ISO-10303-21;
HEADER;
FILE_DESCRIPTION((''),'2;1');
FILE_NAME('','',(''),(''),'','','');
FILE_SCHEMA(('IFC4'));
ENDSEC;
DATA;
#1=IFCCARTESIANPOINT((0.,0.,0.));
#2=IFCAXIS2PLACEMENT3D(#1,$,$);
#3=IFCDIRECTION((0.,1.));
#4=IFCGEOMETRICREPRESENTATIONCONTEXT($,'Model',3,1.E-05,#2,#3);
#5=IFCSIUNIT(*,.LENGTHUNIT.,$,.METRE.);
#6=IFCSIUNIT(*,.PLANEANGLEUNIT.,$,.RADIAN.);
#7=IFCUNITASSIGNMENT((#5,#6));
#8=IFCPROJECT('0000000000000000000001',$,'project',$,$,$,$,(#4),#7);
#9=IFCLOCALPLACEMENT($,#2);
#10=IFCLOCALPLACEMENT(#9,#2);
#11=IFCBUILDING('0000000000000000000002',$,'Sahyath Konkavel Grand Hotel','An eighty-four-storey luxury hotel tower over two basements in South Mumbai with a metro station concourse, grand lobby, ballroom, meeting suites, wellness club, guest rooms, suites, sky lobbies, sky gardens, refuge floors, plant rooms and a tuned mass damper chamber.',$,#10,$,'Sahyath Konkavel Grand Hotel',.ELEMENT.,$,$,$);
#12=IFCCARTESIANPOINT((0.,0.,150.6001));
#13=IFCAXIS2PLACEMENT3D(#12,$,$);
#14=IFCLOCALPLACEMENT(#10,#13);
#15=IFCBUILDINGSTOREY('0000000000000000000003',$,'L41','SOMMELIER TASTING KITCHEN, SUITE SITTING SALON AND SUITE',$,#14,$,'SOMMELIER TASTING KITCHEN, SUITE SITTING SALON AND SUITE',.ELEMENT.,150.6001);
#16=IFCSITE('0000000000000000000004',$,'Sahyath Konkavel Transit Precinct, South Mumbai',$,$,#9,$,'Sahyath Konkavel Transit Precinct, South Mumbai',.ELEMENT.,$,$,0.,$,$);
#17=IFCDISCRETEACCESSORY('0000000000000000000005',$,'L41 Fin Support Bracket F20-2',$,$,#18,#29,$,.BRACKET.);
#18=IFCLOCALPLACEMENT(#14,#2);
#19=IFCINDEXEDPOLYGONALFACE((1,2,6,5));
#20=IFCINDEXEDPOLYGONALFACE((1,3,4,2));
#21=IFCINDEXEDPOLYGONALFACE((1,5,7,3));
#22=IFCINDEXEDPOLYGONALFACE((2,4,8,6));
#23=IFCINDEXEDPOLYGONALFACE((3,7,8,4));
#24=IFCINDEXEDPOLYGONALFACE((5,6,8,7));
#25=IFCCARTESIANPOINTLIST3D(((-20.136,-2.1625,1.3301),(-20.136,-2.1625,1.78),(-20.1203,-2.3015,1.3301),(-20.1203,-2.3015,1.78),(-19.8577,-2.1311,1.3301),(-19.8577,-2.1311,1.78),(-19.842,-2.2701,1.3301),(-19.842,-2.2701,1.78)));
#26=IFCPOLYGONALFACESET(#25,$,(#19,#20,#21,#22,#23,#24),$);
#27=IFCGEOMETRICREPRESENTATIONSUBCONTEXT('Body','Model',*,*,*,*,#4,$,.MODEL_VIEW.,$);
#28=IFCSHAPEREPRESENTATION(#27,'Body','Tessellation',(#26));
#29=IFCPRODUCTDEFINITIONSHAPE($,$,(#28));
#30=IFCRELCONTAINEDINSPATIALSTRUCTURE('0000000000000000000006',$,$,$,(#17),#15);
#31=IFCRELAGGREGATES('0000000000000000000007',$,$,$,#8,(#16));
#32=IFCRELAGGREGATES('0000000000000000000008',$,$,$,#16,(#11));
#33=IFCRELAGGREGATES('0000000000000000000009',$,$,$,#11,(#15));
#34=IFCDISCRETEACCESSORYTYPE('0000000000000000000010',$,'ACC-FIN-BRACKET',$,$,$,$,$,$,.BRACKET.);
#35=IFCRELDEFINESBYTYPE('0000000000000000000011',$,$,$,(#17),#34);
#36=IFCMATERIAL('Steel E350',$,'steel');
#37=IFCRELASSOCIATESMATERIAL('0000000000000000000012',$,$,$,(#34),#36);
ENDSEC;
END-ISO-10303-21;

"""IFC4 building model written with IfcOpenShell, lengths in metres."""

from ifc_helpers import new_model, si_unit, direction, frame, origin, origin_2d, place, context, subcontext, project, spatial, rectangle, extrude, source, transform, mapped, material, type_object, element, save


model = new_model("IFC4")

# Units and contexts
model_context = context("Model", 3, precision=1e-05, world=origin(), true_north=direction((0.0, 1.0)))
body_context = subcontext(model_context, "Body", "Model", "MODEL_VIEW")
ifc_project = project(units=[si_unit("LENGTHUNIT", "METRE"), si_unit("PLANEANGLEUNIT", "RADIAN")], contexts=[model_context])

# Site, building, storey
site_placement = place(None, origin())
site = spatial("IfcSite", under=ifc_project, at=site_placement, Name="Sahyath Konkavel Transit Precinct, South Mumbai", LongName="Sahyath Konkavel Transit Precinct, South Mumbai", CompositionType="ELEMENT", RefElevation=0.0)
building_placement = place(site_placement, origin())
building = spatial("IfcBuilding", under=site, at=building_placement, Name="Sahyath Konkavel Grand Hotel", Description="An eighty-four-storey luxury hotel tower over two basements in South Mumbai with a metro station concourse, grand lobby, ballroom, meeting suites, wellness club, guest rooms, suites, sky lobbies, sky gardens, refuge floors, plant rooms and a tuned mass damper chamber.", LongName="Sahyath Konkavel Grand Hotel", CompositionType="ELEMENT")
storey_placement = place(building_placement, frame((0.0, 0.0, 150.6001)))
storey = spatial("IfcBuildingStorey", under=building, at=storey_placement, Name="L41", Description="SOMMELIER TASTING KITCHEN, SUITE SITTING SALON AND SUITE", LongName="SOMMELIER TASTING KITCHEN, SUITE SITTING SALON AND SUITE", CompositionType="ELEMENT", Elevation=150.6001)

# Shared definitions
ifc_material_1 = material(Name="Steel E350", Category="steel")

# Discrete accessory
discrete_accessory_type = type_object("IfcDiscreteAccessoryType", Name="ACC-FIN-BRACKET", PredefinedType="BRACKET", material=ifc_material_1)
shared_shape_1 = source(origin(), body_context, "Body", "SweptSolid", [
    extrude(rectangle(XDim=0.28, YDim=0.1399, at=origin_2d()), origin(), (0.0, 0.0, 1.0), 0.45),
])
discrete_accessory_placement = place(storey_placement, frame((-19.989, -2.2163, 1.3301), z_axis=(0.0, 0.0, 1.0), x_axis=(-0.993709, -0.111989, 0.0)))
element("IfcDiscreteAccessory", 1, at=discrete_accessory_placement, inside=storey, type_object=discrete_accessory_type, Name="L41 Fin Support Bracket F20-2", PredefinedType="BRACKET", context=body_context, shape_type="MappedRepresentation", body=[
    mapped(shared_shape_1, transform((0.0, 0.0, 0.0), scale=1.0)),
])

save(model, "model.ifc")
